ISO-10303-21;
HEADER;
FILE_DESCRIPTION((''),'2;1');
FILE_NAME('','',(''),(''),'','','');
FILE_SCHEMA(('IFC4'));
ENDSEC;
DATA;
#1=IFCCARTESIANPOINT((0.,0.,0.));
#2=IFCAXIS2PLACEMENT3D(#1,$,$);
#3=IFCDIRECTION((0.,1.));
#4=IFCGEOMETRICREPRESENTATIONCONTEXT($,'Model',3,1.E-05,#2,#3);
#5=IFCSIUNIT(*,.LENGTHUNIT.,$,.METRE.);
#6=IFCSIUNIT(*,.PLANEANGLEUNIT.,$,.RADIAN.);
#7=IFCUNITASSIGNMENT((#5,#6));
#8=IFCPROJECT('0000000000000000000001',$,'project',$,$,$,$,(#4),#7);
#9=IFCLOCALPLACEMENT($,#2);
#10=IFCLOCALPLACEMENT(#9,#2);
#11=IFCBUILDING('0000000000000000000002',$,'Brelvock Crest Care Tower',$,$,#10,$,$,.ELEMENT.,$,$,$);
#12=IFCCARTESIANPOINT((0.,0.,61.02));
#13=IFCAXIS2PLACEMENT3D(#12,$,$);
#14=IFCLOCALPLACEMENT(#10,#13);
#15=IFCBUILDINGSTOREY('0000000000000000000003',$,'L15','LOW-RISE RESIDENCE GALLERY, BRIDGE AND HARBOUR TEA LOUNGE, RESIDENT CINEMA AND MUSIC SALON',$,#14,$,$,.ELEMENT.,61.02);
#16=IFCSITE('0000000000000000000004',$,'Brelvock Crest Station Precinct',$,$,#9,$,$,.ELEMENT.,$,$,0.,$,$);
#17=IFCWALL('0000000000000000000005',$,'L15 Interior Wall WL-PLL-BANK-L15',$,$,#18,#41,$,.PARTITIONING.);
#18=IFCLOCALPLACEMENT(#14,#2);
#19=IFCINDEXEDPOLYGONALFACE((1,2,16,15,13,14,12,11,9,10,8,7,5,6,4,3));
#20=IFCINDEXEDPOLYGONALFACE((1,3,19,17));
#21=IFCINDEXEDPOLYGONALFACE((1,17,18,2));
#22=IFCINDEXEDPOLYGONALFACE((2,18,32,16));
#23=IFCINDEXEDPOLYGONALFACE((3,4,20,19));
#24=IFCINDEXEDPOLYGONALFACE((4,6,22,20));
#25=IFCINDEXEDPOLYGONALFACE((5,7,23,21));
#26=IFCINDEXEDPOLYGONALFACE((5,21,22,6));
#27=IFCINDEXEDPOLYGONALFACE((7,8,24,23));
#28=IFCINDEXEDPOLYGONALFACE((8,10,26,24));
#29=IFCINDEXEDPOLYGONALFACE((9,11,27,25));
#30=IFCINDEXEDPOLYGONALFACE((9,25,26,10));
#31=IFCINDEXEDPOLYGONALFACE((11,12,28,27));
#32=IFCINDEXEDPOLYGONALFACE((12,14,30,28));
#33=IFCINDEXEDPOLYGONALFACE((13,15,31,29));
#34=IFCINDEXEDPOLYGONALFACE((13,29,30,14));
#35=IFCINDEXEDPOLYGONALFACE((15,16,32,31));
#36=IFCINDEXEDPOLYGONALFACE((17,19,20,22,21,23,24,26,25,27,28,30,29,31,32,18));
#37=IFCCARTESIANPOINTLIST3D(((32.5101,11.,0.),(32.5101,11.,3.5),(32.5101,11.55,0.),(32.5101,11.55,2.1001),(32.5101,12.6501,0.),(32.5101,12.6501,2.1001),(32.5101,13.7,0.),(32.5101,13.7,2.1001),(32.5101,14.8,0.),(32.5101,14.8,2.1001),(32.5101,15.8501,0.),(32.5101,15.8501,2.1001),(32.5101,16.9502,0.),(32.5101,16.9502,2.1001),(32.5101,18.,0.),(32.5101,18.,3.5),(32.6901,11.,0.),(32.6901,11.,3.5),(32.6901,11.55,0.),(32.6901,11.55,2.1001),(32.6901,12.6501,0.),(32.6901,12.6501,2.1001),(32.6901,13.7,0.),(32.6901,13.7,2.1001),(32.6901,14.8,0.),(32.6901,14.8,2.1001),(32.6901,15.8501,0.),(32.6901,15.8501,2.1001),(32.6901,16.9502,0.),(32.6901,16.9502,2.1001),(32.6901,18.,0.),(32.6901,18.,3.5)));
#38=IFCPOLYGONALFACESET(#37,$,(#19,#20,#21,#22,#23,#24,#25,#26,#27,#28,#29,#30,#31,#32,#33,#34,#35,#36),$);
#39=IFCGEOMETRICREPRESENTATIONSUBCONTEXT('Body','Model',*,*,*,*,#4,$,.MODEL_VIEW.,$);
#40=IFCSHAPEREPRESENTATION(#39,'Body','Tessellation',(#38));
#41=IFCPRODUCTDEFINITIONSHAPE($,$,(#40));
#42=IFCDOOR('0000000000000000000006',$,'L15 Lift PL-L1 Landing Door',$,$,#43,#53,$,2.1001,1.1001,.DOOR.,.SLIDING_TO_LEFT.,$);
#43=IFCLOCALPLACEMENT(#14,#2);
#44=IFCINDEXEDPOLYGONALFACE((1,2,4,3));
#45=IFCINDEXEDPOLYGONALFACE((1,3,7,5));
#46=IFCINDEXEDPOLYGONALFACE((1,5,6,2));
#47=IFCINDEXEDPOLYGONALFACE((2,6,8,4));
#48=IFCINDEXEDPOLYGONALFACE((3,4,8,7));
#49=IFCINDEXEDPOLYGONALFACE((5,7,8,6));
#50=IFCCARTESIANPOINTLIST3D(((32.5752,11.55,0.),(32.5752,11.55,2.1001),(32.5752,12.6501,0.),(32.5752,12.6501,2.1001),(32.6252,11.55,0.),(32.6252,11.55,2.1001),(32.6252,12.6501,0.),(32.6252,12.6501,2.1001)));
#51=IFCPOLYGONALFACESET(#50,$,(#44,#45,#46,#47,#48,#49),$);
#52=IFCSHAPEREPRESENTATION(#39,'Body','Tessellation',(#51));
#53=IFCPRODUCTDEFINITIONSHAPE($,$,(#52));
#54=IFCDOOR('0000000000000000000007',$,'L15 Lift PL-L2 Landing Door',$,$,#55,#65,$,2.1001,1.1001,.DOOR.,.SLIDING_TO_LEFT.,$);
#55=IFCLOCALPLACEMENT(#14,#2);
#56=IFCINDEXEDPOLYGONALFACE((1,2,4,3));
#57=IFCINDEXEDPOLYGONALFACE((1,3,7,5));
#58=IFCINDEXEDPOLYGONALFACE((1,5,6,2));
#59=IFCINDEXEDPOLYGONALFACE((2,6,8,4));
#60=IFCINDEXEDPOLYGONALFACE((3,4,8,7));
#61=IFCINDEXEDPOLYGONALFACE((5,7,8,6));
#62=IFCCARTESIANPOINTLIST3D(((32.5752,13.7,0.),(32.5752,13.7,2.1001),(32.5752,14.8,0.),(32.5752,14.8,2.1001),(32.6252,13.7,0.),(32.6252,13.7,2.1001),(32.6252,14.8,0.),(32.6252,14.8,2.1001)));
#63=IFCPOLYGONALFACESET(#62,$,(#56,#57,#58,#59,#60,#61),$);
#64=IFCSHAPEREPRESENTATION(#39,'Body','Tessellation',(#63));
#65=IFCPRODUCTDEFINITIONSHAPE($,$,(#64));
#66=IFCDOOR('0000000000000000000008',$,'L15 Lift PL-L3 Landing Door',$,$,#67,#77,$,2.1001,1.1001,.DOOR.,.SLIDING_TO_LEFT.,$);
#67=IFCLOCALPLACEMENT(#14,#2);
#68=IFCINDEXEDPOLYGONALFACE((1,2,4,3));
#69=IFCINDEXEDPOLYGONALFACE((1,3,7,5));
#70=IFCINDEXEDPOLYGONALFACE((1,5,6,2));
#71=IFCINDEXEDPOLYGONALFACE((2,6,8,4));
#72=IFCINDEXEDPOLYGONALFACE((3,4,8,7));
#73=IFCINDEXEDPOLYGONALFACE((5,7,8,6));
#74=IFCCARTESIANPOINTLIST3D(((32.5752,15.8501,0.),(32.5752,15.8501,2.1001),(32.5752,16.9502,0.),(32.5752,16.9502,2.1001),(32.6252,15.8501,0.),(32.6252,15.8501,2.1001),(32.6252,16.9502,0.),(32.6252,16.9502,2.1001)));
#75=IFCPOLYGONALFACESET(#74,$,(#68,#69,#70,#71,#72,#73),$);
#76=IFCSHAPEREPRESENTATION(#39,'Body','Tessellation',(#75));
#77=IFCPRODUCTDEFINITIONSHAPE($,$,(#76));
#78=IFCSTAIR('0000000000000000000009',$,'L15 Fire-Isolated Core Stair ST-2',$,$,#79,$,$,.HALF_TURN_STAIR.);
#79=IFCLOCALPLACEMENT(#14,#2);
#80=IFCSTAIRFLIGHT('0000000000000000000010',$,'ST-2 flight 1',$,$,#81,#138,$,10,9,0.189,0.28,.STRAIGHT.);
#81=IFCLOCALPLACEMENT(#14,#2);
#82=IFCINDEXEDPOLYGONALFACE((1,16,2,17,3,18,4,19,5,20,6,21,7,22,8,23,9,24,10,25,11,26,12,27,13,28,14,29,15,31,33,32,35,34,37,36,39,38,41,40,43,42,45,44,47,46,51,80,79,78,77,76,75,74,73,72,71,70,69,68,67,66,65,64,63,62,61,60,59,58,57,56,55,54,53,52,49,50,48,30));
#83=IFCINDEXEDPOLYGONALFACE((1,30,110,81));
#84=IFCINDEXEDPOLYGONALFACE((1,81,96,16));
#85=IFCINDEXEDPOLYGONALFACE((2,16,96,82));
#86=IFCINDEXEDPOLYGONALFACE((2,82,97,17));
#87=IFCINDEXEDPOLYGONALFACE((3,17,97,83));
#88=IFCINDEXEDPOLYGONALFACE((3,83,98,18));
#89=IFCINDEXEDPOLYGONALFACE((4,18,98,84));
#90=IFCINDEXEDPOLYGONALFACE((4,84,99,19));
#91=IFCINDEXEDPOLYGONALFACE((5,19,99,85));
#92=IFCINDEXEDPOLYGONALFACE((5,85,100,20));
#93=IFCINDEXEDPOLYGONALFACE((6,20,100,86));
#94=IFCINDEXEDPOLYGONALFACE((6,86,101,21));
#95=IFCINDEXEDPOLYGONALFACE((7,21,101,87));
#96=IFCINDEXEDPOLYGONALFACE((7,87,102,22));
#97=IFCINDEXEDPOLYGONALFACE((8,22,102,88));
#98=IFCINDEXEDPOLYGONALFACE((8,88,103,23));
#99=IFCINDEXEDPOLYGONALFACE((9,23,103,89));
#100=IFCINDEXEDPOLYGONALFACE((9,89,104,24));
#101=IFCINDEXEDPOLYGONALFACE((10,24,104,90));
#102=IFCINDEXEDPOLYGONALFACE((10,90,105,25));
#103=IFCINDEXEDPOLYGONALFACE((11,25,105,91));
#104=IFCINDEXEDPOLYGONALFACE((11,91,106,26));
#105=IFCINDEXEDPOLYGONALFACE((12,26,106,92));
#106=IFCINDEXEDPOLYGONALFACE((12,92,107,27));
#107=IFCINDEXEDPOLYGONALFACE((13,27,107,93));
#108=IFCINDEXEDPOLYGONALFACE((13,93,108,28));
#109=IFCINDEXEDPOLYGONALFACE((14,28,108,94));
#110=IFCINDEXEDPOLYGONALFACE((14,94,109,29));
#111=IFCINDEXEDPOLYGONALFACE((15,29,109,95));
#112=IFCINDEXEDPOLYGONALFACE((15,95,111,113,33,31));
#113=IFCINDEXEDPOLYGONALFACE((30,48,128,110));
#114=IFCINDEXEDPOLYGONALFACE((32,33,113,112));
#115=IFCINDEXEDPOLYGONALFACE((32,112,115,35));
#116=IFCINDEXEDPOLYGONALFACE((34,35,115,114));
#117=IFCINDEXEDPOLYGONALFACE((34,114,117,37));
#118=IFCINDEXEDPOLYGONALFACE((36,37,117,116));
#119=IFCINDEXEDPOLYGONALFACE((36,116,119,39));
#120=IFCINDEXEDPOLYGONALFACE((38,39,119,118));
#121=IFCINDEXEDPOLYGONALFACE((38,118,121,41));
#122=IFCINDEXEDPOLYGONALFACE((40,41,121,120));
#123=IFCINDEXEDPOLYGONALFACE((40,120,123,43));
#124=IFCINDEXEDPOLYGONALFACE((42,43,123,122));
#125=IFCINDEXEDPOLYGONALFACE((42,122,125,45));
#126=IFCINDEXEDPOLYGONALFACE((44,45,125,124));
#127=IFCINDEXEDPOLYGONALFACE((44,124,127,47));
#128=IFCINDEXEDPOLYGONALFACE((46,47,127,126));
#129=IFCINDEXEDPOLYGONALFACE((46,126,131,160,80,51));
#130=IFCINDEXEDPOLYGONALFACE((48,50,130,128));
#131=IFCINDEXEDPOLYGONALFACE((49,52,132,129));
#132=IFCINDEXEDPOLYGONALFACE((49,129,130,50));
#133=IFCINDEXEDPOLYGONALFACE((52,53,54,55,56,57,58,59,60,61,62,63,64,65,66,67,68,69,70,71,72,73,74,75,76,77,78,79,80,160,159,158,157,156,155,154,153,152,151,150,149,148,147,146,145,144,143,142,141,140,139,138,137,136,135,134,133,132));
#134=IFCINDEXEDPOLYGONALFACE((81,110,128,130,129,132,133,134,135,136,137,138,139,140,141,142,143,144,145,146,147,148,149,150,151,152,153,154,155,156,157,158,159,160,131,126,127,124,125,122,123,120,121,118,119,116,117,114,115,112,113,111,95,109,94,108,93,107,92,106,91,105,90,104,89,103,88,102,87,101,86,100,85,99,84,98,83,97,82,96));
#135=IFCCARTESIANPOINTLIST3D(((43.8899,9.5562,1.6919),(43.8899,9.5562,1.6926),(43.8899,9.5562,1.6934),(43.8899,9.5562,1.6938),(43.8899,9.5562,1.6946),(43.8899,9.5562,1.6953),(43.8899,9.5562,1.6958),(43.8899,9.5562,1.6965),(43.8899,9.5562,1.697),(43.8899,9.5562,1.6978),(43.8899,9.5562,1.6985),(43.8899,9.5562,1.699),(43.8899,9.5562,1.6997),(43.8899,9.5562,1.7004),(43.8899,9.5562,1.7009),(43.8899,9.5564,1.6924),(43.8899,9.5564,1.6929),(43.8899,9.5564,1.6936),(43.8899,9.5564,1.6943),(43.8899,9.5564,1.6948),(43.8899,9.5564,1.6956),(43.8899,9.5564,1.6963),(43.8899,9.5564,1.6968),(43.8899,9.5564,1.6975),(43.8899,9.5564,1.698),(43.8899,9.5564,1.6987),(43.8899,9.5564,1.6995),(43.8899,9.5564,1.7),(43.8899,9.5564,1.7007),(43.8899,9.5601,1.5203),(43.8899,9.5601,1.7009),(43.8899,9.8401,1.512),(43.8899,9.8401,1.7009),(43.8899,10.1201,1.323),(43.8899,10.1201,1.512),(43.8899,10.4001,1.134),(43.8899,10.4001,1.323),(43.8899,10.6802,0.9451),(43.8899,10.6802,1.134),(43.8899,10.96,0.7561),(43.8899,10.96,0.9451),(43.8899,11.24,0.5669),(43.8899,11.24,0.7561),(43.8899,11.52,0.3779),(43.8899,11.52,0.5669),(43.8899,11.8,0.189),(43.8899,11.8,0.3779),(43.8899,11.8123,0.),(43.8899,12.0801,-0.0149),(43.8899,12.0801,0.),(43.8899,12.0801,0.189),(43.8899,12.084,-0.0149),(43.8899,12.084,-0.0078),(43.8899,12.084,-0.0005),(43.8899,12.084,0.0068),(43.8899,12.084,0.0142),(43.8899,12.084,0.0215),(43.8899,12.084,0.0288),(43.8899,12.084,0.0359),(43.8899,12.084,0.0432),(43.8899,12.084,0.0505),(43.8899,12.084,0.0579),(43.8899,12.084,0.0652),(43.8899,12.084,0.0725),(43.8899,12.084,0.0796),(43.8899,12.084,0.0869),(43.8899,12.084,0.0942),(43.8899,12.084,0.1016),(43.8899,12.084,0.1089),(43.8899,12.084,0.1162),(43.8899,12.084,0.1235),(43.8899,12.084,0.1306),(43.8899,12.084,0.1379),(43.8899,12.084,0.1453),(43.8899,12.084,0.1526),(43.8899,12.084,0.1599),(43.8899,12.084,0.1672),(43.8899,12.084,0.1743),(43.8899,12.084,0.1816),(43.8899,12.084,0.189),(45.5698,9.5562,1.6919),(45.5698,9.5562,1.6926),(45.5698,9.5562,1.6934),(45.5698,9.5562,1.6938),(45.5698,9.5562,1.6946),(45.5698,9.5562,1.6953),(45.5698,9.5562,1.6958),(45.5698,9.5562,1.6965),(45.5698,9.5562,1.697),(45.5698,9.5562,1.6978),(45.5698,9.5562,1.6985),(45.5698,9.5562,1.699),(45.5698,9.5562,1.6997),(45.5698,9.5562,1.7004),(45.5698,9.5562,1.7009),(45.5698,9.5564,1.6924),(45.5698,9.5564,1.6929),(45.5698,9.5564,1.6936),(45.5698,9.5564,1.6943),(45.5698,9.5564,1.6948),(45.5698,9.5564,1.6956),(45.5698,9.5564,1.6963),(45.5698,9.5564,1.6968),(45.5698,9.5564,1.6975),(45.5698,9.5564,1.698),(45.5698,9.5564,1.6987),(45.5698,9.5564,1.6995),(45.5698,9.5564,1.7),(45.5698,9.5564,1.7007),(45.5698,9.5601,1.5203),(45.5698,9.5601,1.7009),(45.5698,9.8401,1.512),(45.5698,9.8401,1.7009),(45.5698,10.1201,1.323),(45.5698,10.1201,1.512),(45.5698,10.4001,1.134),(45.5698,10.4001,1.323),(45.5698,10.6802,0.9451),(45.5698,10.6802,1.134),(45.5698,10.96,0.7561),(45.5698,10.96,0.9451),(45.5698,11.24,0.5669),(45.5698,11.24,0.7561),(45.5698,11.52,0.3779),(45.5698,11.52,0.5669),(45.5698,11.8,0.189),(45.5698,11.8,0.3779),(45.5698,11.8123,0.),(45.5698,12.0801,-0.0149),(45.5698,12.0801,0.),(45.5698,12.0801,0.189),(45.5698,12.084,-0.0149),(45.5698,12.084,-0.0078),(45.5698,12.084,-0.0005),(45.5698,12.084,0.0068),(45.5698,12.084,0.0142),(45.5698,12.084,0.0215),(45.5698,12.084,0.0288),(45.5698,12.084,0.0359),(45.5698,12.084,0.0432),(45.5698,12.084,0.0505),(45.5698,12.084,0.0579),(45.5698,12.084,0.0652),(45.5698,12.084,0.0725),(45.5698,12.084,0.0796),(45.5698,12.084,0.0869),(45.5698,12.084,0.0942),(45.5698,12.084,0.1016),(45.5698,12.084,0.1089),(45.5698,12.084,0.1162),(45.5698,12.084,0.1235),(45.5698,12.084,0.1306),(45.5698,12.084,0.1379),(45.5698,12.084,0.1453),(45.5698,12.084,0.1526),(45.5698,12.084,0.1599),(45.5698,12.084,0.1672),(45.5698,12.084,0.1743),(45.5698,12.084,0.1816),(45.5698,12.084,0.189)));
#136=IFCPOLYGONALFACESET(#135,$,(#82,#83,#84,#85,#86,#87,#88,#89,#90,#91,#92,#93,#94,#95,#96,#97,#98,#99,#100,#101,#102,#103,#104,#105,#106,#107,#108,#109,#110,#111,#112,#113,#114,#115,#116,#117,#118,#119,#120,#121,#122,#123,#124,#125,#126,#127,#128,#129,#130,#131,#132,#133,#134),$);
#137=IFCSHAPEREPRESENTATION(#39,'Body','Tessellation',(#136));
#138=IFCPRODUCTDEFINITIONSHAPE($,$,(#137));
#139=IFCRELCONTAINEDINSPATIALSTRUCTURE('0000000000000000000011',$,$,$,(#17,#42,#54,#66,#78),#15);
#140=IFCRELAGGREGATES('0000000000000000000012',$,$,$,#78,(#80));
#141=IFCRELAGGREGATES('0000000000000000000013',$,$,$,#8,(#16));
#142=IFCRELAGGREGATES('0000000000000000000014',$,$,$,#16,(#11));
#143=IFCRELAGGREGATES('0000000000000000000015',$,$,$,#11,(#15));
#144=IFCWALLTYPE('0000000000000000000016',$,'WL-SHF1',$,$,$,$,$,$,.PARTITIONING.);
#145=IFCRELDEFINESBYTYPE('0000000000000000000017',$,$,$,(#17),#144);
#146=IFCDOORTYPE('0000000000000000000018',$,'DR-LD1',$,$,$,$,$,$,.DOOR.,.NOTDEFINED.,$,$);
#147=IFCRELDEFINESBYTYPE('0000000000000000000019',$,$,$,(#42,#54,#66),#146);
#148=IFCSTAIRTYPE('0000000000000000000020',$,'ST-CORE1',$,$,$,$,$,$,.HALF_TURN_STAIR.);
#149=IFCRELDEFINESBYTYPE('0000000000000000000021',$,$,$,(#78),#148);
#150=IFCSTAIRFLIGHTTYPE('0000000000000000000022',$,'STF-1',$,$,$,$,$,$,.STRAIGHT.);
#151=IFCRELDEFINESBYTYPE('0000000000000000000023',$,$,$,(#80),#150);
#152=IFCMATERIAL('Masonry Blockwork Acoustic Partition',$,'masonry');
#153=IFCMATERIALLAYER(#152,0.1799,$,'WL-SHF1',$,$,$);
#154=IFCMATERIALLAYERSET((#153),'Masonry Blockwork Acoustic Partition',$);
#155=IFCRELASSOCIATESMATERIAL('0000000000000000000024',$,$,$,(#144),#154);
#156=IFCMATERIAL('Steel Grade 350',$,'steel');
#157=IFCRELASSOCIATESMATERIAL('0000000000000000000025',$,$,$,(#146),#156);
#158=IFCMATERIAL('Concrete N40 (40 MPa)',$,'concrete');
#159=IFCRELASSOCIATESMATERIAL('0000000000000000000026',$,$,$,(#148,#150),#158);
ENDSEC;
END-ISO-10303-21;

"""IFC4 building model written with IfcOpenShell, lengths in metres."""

from ifc_helpers import new_model, si_unit, direction, frame, frame_2d, origin, origin_2d, place, context, subcontext, project, spatial, polyline, rectangle, outline, extrude, source, transform, mapped, material, layer, layer_set, type_object, element, fill, aggregate, save


model = new_model("IFC4")

# Units and contexts
model_context = context("Model", 3, precision=1e-05, world=origin(), true_north=direction((0.0, 1.0)))
body_context = subcontext(model_context, "Body", "Model", "MODEL_VIEW")
ifc_project = project(units=[si_unit("LENGTHUNIT", "METRE"), si_unit("PLANEANGLEUNIT", "RADIAN")], contexts=[model_context])

# Site, building, storey
site_placement = place(None, origin())
site = spatial("IfcSite", under=ifc_project, at=site_placement, Name="Brelvock Crest Station Precinct", CompositionType="ELEMENT", RefElevation=0.0)
building_placement = place(site_placement, origin())
building = spatial("IfcBuilding", under=site, at=building_placement, Name="Brelvock Crest Care Tower", CompositionType="ELEMENT")
storey_placement = place(building_placement, frame((0.0, 0.0, 61.02)))
storey = spatial("IfcBuildingStorey", under=building, at=storey_placement, Name="L15", Description="LOW-RISE RESIDENCE GALLERY, BRIDGE AND HARBOUR TEA LOUNGE, RESIDENT CINEMA AND MUSIC SALON", CompositionType="ELEMENT", Elevation=61.02)

# Shared definitions
ifc_material_1 = material(Name="Masonry Blockwork Acoustic Partition", Category="masonry")
ifc_layer_1 = layer(ifc_material_1, 0.1799, Name="WL-SHF1")
ifc_layer_set_1 = layer_set([ifc_layer_1], Name="Masonry Blockwork Acoustic Partition")
wall_type = type_object("IfcWallType", Name="WL-SHF1", PredefinedType="PARTITIONING", material=ifc_layer_set_1)

# Wall, openings, doors
wall_1_placement = place(storey_placement, frame((32.6001, 11.0, 0.0), z_axis=(0.0, 0.0, 1.0), x_axis=(0.0, 1.0, 0.0)))
wall_1 = element("IfcWall", 1, at=wall_1_placement, inside=storey, type_object=wall_type, Name="L15 Interior Wall WL-PLL-BANK-L15", PredefinedType="PARTITIONING", context=body_context, shape_type="SweptSolid", body=[
    extrude(rectangle(XDim=7.0, YDim=0.1799, at=frame_2d((3.5, 0.0))), origin(), (0.0, 0.0, 1.0), 3.5),
])
opening_1_placement = place(wall_1_placement, frame((0.55, 0.0, 0.0)))
opening_1 = element("IfcOpeningElement", 2, at=opening_1_placement, cuts=wall_1, PredefinedType="OPENING", context=body_context, shape_type="SweptSolid", body=[
    extrude(rectangle(XDim=1.1001, YDim=2.1001, at=origin_2d()), frame((0.55, 0.1001, 1.05), z_axis=(0.0, -1.0, 0.0), x_axis=(1.0, 0.0, 0.0)), (0.0, 0.0, 1.0), 0.2),
])
opening_2_placement = place(wall_1_placement, frame((2.7, 0.0, 0.0)))
opening_2 = element("IfcOpeningElement", 3, at=opening_2_placement, cuts=wall_1, PredefinedType="OPENING", context=body_context, shape_type="SweptSolid", body=[
    extrude(rectangle(XDim=1.1001, YDim=2.1001, at=origin_2d()), frame((0.55, 0.1001, 1.05), z_axis=(0.0, -1.0, 0.0), x_axis=(1.0, 0.0, 0.0)), (0.0, 0.0, 1.0), 0.2),
])
opening_3_placement = place(wall_1_placement, frame((4.8501, 0.0, 0.0)))
opening_3 = element("IfcOpeningElement", 4, at=opening_3_placement, cuts=wall_1, PredefinedType="OPENING", context=body_context, shape_type="SweptSolid", body=[
    extrude(rectangle(XDim=1.1001, YDim=2.1001, at=origin_2d()), frame((0.55, 0.1001, 1.05), z_axis=(0.0, -1.0, 0.0), x_axis=(1.0, 0.0, 0.0)), (0.0, 0.0, 1.0), 0.2),
])
ifc_material_2 = material(Name="Steel Grade 350", Category="steel")
door_type_1 = type_object("IfcDoorType", Name="DR-LD1", OperationType="NOTDEFINED", PredefinedType="DOOR", material=ifc_material_2)
shared_shape_1 = source(origin(), body_context, "Body", "SweptSolid", [
    extrude(rectangle(XDim=1.1001, YDim=2.1001, at=origin_2d()), frame((0.55, 0.0249, 1.05), z_axis=(0.0, -1.0, 0.0), x_axis=(1.0, 0.0, 0.0)), (0.0, 0.0, 1.0), 0.05),
])
door_1_placement = place(opening_1_placement, origin())
door_1 = element("IfcDoor", 5, at=door_1_placement, inside=storey, type_object=door_type_1, Name="L15 Lift PL-L1 Landing Door", OperationType="SLIDING_TO_LEFT", OverallHeight=2.1001, OverallWidth=1.1001, PredefinedType="DOOR", context=body_context, shape_type="MappedRepresentation", body=[
    mapped(shared_shape_1, transform((0.0, 0.0, 0.0), x_axis=(1.0, 0.0, 0.0), y_axis=(0.0, 1.0, 0.0), z_axis=(0.0, 0.0, 1.0), scale=1.0)),
])
fill(opening_1, door_1)
door_2_placement = place(opening_2_placement, origin())
door_2 = element("IfcDoor", 6, at=door_2_placement, inside=storey, type_object=door_type_1, Name="L15 Lift PL-L2 Landing Door", OperationType="SLIDING_TO_LEFT", OverallHeight=2.1001, OverallWidth=1.1001, PredefinedType="DOOR", context=body_context, shape_type="MappedRepresentation", body=[
    mapped(shared_shape_1, transform((0.0, 0.0, 0.0), x_axis=(1.0, 0.0, 0.0), y_axis=(0.0, 1.0, 0.0), z_axis=(0.0, 0.0, 1.0), scale=1.0)),
])
fill(opening_2, door_2)
door_3_placement = place(opening_3_placement, origin())
door_3 = element("IfcDoor", 7, at=door_3_placement, inside=storey, type_object=door_type_1, Name="L15 Lift PL-L3 Landing Door", OperationType="SLIDING_TO_LEFT", OverallHeight=2.1001, OverallWidth=1.1001, PredefinedType="DOOR", context=body_context, shape_type="MappedRepresentation", body=[
    mapped(shared_shape_1, transform((0.0, 0.0, 0.0), x_axis=(1.0, 0.0, 0.0), y_axis=(0.0, 1.0, 0.0), z_axis=(0.0, 0.0, 1.0), scale=1.0)),
])
fill(opening_3, door_3)

# Stair, stair flight
ifc_material_3 = material(Name="Concrete N40 (40 MPa)", Category="concrete")
stair_type = type_object("IfcStairType", Name="ST-CORE1", PredefinedType="HALF_TURN_STAIR", material=ifc_material_3)
stair_placement = place(storey_placement, origin())
stair = element("IfcStair", 8, at=stair_placement, inside=storey, type_object=stair_type, Name="L15 Fire-Isolated Core Stair ST-2", PredefinedType="HALF_TURN_STAIR")
stair_flight_type = type_object("IfcStairFlightType", Name="STF-1", PredefinedType="STRAIGHT", material=ifc_material_3)
stair_flight_placement = place(storey_placement, frame((44.73, 12.0801, 0.0), z_axis=(0.0, 0.0, 1.0), x_axis=(0.0, -1.0, 0.0)))
stair_flight = element("IfcStairFlight", 9, at=stair_flight_placement, type_object=stair_flight_type, Name="ST-2 flight 1", NumberOfRisers=10, NumberOfTreads=9, PredefinedType="STRAIGHT", RiserHeight=0.189, TreadLength=0.28, context=body_context, shape_type="SweptSolid", body=[
    extrude(outline(polyline([(-0.0039, -0.0149), (-0.0039, -0.0078), (-0.0039, -0.0005), (-0.0039, 0.0068), (-0.0039, 0.0142), (-0.0039, 0.0215), (-0.0039, 0.0288), (-0.0039, 0.0359), (-0.0039, 0.0432), (-0.0039, 0.0505), (-0.0039, 0.0579), (-0.0039, 0.0652), (-0.0039, 0.0725), (-0.0039, 0.0796), (-0.0039, 0.0869), (-0.0039, 0.0942), (-0.0039, 0.1016), (-0.0039, 0.1089), (-0.0039, 0.1162), (-0.0039, 0.1235), (-0.0039, 0.1306), (-0.0039, 0.1379), (-0.0039, 0.1453), (-0.0039, 0.1526), (-0.0039, 0.1599), (-0.0039, 0.1672), (-0.0039, 0.1743), (-0.0039, 0.1816), (-0.0039, 0.189), (0.0, 0.189), (0.28, 0.189), (0.28, 0.3779), (0.5601, 0.3779), (0.5601, 0.5669), (0.8401, 0.5669), (0.8401, 0.7561), (1.1201, 0.7561), (1.1201, 0.9451), (1.3999, 0.9451), (1.3999, 1.134), (1.6799, 1.134), (1.6799, 1.323), (1.96, 1.323), (1.96, 1.512), (2.24, 1.512), (2.24, 1.7009), (2.52, 1.7009), (2.5239, 1.7009), (2.5237, 1.7007), (2.5239, 1.7004), (2.5237, 1.7), (2.5239, 1.6997), (2.5237, 1.6995), (2.5239, 1.699), (2.5237, 1.6987), (2.5239, 1.6985), (2.5237, 1.698), (2.5239, 1.6978), (2.5237, 1.6975), (2.5239, 1.697), (2.5237, 1.6968), (2.5239, 1.6965), (2.5237, 1.6963), (2.5239, 1.6958), (2.5237, 1.6956), (2.5239, 1.6953), (2.5237, 1.6948), (2.5239, 1.6946), (2.5237, 1.6943), (2.5239, 1.6938), (2.5237, 1.6936), (2.5239, 1.6934), (2.5237, 1.6929), (2.5239, 1.6926), (2.5237, 1.6924), (2.5239, 1.6919), (2.52, 1.5203), (0.2678, 0.0), (0.0, 0.0), (0.0, -0.0149), (-0.0039, -0.0149)])), frame((0.0, 0.8398, 0.0), z_axis=(0.0, -1.0, 0.0), x_axis=(1.0, 0.0, 0.0)), (0.0, 0.0, 1.0), 1.6799),
])
aggregate(stair, [stair_flight])

save(model, "model.ifc")
